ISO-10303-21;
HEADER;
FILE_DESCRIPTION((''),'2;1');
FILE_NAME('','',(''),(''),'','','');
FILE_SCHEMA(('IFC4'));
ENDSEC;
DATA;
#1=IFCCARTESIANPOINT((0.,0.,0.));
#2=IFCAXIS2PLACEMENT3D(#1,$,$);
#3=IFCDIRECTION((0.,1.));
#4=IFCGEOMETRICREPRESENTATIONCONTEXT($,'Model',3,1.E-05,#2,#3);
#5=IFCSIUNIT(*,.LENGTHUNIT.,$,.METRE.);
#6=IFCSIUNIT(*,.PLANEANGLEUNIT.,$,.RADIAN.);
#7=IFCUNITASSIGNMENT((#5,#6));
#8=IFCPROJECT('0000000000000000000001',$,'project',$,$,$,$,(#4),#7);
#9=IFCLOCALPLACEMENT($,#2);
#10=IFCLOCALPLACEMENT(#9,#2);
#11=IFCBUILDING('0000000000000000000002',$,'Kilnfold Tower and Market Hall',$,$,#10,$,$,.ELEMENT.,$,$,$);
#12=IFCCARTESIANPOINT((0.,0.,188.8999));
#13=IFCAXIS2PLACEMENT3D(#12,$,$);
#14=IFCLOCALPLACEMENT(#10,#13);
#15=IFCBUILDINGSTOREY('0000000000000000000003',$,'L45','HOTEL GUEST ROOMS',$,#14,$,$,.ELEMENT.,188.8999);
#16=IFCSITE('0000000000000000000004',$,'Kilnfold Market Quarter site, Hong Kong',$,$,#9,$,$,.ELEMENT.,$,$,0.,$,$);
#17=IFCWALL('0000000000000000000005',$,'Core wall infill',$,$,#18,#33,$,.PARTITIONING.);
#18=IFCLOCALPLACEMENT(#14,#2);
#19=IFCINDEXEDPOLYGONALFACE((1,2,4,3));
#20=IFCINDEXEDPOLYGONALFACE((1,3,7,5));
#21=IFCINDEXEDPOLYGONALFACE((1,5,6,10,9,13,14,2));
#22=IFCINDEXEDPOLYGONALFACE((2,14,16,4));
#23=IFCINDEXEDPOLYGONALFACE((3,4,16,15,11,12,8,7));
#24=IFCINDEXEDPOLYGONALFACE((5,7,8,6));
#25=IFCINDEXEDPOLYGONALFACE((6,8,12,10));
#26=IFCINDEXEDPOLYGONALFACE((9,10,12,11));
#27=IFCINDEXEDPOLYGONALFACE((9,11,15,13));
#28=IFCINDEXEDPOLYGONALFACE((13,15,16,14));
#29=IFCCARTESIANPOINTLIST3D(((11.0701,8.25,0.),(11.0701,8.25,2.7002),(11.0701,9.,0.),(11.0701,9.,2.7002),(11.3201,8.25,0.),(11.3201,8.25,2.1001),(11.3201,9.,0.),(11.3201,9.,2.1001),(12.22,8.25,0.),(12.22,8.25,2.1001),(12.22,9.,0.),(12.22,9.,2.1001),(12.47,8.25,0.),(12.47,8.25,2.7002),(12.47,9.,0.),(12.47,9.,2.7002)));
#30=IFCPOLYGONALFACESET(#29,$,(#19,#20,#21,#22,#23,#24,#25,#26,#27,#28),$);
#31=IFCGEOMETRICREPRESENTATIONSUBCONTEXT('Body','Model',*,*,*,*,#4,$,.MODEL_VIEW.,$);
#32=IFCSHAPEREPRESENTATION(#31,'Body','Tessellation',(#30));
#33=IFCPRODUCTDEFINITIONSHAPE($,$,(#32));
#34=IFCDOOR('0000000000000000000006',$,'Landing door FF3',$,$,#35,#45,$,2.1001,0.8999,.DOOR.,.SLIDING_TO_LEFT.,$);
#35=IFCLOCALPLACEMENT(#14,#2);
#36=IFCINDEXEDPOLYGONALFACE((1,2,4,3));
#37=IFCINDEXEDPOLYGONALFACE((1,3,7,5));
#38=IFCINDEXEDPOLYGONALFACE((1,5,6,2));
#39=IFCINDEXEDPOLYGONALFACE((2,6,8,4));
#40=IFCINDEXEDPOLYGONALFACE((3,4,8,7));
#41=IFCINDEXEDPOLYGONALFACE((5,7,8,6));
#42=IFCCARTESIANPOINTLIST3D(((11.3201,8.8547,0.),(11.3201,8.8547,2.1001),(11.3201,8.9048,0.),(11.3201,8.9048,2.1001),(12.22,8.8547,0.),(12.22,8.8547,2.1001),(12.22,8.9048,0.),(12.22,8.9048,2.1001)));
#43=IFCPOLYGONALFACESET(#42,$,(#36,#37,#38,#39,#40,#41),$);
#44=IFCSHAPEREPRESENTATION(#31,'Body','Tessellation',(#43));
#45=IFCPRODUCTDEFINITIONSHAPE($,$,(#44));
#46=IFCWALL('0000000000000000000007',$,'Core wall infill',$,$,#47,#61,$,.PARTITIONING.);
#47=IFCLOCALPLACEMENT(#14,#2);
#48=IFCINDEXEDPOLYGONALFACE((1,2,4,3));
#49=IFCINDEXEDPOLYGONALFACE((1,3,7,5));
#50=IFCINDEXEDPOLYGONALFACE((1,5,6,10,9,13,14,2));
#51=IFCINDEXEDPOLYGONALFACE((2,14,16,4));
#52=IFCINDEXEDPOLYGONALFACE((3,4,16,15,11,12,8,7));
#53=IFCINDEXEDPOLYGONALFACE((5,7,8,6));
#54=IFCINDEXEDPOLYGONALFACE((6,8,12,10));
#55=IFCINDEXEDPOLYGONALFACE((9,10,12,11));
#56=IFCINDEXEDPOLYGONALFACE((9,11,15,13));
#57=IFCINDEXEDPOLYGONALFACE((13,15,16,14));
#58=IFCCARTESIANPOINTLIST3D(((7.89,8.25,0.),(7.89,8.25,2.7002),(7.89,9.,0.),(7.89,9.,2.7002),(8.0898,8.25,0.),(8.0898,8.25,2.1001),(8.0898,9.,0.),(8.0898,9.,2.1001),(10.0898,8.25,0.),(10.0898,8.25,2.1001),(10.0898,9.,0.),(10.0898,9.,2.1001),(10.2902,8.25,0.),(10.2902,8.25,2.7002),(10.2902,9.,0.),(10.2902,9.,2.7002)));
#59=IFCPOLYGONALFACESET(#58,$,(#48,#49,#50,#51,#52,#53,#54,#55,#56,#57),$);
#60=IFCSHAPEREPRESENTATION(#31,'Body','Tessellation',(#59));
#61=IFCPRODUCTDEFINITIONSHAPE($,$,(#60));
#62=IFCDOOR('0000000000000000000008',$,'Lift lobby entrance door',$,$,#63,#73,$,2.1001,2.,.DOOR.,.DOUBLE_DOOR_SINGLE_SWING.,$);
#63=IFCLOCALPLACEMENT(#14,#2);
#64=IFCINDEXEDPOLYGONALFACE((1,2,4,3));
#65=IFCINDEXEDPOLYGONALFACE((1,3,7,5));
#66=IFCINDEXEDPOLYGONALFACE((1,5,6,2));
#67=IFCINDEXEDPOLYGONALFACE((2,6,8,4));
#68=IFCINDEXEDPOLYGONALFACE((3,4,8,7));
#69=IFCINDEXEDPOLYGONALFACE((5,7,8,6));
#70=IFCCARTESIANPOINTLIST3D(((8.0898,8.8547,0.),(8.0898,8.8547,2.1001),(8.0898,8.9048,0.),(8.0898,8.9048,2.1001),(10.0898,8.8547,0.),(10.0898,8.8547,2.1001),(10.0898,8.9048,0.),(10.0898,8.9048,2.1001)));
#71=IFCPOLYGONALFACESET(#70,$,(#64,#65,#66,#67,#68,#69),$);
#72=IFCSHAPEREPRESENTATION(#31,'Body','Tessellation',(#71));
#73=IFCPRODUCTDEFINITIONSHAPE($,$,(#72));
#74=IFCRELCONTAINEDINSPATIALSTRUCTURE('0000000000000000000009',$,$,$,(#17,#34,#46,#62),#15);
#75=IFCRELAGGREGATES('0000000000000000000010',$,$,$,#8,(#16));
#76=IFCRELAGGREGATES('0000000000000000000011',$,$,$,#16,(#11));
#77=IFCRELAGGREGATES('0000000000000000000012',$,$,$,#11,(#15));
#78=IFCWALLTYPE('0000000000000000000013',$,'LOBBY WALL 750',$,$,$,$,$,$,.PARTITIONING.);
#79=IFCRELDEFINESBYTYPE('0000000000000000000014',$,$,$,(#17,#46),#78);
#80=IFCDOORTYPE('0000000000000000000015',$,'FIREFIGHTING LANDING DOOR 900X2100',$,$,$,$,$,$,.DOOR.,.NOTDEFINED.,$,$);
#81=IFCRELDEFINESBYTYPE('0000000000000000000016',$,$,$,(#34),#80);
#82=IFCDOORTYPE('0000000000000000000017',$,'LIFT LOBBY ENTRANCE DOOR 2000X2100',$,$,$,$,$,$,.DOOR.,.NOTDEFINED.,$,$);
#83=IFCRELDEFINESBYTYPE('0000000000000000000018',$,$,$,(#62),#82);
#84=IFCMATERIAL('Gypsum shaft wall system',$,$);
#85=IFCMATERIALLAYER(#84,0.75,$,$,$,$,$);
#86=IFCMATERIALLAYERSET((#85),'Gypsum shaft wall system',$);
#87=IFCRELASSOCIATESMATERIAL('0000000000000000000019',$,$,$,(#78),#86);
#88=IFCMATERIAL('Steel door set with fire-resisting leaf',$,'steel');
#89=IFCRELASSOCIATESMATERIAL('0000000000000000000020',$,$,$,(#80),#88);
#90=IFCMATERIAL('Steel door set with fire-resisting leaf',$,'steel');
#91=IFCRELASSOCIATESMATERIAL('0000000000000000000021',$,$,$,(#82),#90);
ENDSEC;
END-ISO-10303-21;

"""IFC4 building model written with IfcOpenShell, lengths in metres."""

from ifc_helpers import new_model, si_unit, direction, frame, frame_2d, origin, place, context, subcontext, project, spatial, rectangle, extrude, source, transform, mapped, material, layer, layer_set, type_object, element, fill, save


model = new_model("IFC4")

# Units and contexts
model_context = context("Model", 3, precision=1e-05, world=origin(), true_north=direction((0.0, 1.0)))
body_context = subcontext(model_context, "Body", "Model", "MODEL_VIEW")
ifc_project = project(units=[si_unit("LENGTHUNIT", "METRE"), si_unit("PLANEANGLEUNIT", "RADIAN")], contexts=[model_context])

# Site, building, storey
site_placement = place(None, origin())
site = spatial("IfcSite", under=ifc_project, at=site_placement, Name="Kilnfold Market Quarter site, Hong Kong", CompositionType="ELEMENT", RefElevation=0.0)
building_placement = place(site_placement, origin())
building = spatial("IfcBuilding", under=site, at=building_placement, Name="Kilnfold Tower and Market Hall", CompositionType="ELEMENT")
storey_placement = place(building_placement, frame((0.0, 0.0, 188.8999)))
storey = spatial("IfcBuildingStorey", under=building, at=storey_placement, Name="L45", Description="HOTEL GUEST ROOMS", CompositionType="ELEMENT", Elevation=188.8999)

# Walls, openings, doors
ifc_material_1 = material(Name="Gypsum shaft wall system")
ifc_layer_1 = layer(ifc_material_1, 0.75)
ifc_layer_set_1 = layer_set([ifc_layer_1], Name="Gypsum shaft wall system")
wall_type_1 = type_object("IfcWallType", Name="LOBBY WALL 750", PredefinedType="PARTITIONING", material=ifc_layer_set_1)
shared_shape_1 = source(origin(), body_context, "Body", "SweptSolid", [
    extrude(rectangle(XDim=1.3999, YDim=0.75, at=frame_2d((0.7, 0.0))), origin(), (0.0, 0.0, 1.0), 2.7002),
])
wall_1_placement = place(storey_placement, frame((11.0701, 8.625, 0.0), z_axis=(0.0, 0.0, 1.0), x_axis=(1.0, 0.0, 0.0)))
wall_1 = element("IfcWall", 1, at=wall_1_placement, inside=storey, type_object=wall_type_1, Name="Core wall infill", PredefinedType="PARTITIONING", context=body_context, shape_type="MappedRepresentation", body=[
    mapped(shared_shape_1, transform((0.0, 0.0, 0.0))),
])
opening_1_placement = place(wall_1_placement, frame((0.25, 0.0, 0.0)))
opening_1 = element("IfcOpeningElement", 2, at=opening_1_placement, cuts=wall_1, PredefinedType="OPENING", context=body_context, shape_type="SweptSolid", body=[
    extrude(rectangle(XDim=0.8999, YDim=2.1001, at=frame_2d((0.45, 1.05))), frame((0.0, 0.385, 0.0), z_axis=(0.0, -1.0, 0.0), x_axis=(1.0, 0.0, 0.0)), (0.0, 0.0, 1.0), 0.77),
])
ifc_material_2 = material(Name="Steel door set with fire-resisting leaf", Category="steel")
door_type_1 = type_object("IfcDoorType", Name="FIREFIGHTING LANDING DOOR 900X2100", OperationType="NOTDEFINED", PredefinedType="DOOR", material=ifc_material_2)
door_1_placement = place(opening_1_placement, origin())
door_1 = element("IfcDoor", 3, at=door_1_placement, inside=storey, type_object=door_type_1, Name="Landing door FF3", OperationType="SLIDING_TO_LEFT", OverallHeight=2.1001, OverallWidth=0.8999, PredefinedType="DOOR", context=body_context, shape_type="SweptSolid", body=[
    extrude(rectangle(XDim=0.8999, YDim=2.1001, at=frame_2d((0.45, 1.05))), frame((0.0, 0.2798, 0.0), z_axis=(0.0, -1.0, 0.0), x_axis=(1.0, 0.0, 0.0)), (0.0, 0.0, 1.0), 0.05),
])
fill(opening_1, door_1)
shared_shape_2 = source(origin(), body_context, "Body", "SweptSolid", [
    extrude(rectangle(XDim=2.4001, YDim=0.75, at=frame_2d((1.2002, 0.0))), origin(), (0.0, 0.0, 1.0), 2.7002),
])
wall_2_placement = place(storey_placement, frame((7.8899, 8.625, 0.0), z_axis=(0.0, 0.0, 1.0), x_axis=(1.0, 0.0, 0.0)))
wall_2 = element("IfcWall", 4, at=wall_2_placement, inside=storey, type_object=wall_type_1, Name="Core wall infill", PredefinedType="PARTITIONING", context=body_context, shape_type="MappedRepresentation", body=[
    mapped(shared_shape_2, transform((0.0, 0.0, 0.0))),
])
opening_2_placement = place(wall_2_placement, frame((0.2, 0.0, 0.0)))
opening_2 = element("IfcOpeningElement", 5, at=opening_2_placement, cuts=wall_2, PredefinedType="OPENING", context=body_context, shape_type="SweptSolid", body=[
    extrude(rectangle(XDim=2.0, YDim=2.1001, at=frame_2d((1.0, 1.05))), frame((0.0, 0.385, 0.0), z_axis=(0.0, -1.0, 0.0), x_axis=(1.0, 0.0, 0.0)), (0.0, 0.0, 1.0), 0.77),
])
ifc_material_3 = material(Name="Steel door set with fire-resisting leaf", Category="steel")
door_type_2 = type_object("IfcDoorType", Name="LIFT LOBBY ENTRANCE DOOR 2000X2100", OperationType="NOTDEFINED", PredefinedType="DOOR", material=ifc_material_3)
door_2_placement = place(opening_2_placement, origin())
door_2 = element("IfcDoor", 6, at=door_2_placement, inside=storey, type_object=door_type_2, Name="Lift lobby entrance door", OperationType="DOUBLE_DOOR_SINGLE_SWING", OverallHeight=2.1001, OverallWidth=2.0, PredefinedType="DOOR", context=body_context, shape_type="SweptSolid", body=[
    extrude(rectangle(XDim=2.0, YDim=2.1001, at=frame_2d((1.0, 1.05))), frame((0.0, 0.2798, 0.0), z_axis=(0.0, -1.0, 0.0), x_axis=(1.0, 0.0, 0.0)), (0.0, 0.0, 1.0), 0.05),
])
fill(opening_2, door_2)

save(model, "model.ifc")
